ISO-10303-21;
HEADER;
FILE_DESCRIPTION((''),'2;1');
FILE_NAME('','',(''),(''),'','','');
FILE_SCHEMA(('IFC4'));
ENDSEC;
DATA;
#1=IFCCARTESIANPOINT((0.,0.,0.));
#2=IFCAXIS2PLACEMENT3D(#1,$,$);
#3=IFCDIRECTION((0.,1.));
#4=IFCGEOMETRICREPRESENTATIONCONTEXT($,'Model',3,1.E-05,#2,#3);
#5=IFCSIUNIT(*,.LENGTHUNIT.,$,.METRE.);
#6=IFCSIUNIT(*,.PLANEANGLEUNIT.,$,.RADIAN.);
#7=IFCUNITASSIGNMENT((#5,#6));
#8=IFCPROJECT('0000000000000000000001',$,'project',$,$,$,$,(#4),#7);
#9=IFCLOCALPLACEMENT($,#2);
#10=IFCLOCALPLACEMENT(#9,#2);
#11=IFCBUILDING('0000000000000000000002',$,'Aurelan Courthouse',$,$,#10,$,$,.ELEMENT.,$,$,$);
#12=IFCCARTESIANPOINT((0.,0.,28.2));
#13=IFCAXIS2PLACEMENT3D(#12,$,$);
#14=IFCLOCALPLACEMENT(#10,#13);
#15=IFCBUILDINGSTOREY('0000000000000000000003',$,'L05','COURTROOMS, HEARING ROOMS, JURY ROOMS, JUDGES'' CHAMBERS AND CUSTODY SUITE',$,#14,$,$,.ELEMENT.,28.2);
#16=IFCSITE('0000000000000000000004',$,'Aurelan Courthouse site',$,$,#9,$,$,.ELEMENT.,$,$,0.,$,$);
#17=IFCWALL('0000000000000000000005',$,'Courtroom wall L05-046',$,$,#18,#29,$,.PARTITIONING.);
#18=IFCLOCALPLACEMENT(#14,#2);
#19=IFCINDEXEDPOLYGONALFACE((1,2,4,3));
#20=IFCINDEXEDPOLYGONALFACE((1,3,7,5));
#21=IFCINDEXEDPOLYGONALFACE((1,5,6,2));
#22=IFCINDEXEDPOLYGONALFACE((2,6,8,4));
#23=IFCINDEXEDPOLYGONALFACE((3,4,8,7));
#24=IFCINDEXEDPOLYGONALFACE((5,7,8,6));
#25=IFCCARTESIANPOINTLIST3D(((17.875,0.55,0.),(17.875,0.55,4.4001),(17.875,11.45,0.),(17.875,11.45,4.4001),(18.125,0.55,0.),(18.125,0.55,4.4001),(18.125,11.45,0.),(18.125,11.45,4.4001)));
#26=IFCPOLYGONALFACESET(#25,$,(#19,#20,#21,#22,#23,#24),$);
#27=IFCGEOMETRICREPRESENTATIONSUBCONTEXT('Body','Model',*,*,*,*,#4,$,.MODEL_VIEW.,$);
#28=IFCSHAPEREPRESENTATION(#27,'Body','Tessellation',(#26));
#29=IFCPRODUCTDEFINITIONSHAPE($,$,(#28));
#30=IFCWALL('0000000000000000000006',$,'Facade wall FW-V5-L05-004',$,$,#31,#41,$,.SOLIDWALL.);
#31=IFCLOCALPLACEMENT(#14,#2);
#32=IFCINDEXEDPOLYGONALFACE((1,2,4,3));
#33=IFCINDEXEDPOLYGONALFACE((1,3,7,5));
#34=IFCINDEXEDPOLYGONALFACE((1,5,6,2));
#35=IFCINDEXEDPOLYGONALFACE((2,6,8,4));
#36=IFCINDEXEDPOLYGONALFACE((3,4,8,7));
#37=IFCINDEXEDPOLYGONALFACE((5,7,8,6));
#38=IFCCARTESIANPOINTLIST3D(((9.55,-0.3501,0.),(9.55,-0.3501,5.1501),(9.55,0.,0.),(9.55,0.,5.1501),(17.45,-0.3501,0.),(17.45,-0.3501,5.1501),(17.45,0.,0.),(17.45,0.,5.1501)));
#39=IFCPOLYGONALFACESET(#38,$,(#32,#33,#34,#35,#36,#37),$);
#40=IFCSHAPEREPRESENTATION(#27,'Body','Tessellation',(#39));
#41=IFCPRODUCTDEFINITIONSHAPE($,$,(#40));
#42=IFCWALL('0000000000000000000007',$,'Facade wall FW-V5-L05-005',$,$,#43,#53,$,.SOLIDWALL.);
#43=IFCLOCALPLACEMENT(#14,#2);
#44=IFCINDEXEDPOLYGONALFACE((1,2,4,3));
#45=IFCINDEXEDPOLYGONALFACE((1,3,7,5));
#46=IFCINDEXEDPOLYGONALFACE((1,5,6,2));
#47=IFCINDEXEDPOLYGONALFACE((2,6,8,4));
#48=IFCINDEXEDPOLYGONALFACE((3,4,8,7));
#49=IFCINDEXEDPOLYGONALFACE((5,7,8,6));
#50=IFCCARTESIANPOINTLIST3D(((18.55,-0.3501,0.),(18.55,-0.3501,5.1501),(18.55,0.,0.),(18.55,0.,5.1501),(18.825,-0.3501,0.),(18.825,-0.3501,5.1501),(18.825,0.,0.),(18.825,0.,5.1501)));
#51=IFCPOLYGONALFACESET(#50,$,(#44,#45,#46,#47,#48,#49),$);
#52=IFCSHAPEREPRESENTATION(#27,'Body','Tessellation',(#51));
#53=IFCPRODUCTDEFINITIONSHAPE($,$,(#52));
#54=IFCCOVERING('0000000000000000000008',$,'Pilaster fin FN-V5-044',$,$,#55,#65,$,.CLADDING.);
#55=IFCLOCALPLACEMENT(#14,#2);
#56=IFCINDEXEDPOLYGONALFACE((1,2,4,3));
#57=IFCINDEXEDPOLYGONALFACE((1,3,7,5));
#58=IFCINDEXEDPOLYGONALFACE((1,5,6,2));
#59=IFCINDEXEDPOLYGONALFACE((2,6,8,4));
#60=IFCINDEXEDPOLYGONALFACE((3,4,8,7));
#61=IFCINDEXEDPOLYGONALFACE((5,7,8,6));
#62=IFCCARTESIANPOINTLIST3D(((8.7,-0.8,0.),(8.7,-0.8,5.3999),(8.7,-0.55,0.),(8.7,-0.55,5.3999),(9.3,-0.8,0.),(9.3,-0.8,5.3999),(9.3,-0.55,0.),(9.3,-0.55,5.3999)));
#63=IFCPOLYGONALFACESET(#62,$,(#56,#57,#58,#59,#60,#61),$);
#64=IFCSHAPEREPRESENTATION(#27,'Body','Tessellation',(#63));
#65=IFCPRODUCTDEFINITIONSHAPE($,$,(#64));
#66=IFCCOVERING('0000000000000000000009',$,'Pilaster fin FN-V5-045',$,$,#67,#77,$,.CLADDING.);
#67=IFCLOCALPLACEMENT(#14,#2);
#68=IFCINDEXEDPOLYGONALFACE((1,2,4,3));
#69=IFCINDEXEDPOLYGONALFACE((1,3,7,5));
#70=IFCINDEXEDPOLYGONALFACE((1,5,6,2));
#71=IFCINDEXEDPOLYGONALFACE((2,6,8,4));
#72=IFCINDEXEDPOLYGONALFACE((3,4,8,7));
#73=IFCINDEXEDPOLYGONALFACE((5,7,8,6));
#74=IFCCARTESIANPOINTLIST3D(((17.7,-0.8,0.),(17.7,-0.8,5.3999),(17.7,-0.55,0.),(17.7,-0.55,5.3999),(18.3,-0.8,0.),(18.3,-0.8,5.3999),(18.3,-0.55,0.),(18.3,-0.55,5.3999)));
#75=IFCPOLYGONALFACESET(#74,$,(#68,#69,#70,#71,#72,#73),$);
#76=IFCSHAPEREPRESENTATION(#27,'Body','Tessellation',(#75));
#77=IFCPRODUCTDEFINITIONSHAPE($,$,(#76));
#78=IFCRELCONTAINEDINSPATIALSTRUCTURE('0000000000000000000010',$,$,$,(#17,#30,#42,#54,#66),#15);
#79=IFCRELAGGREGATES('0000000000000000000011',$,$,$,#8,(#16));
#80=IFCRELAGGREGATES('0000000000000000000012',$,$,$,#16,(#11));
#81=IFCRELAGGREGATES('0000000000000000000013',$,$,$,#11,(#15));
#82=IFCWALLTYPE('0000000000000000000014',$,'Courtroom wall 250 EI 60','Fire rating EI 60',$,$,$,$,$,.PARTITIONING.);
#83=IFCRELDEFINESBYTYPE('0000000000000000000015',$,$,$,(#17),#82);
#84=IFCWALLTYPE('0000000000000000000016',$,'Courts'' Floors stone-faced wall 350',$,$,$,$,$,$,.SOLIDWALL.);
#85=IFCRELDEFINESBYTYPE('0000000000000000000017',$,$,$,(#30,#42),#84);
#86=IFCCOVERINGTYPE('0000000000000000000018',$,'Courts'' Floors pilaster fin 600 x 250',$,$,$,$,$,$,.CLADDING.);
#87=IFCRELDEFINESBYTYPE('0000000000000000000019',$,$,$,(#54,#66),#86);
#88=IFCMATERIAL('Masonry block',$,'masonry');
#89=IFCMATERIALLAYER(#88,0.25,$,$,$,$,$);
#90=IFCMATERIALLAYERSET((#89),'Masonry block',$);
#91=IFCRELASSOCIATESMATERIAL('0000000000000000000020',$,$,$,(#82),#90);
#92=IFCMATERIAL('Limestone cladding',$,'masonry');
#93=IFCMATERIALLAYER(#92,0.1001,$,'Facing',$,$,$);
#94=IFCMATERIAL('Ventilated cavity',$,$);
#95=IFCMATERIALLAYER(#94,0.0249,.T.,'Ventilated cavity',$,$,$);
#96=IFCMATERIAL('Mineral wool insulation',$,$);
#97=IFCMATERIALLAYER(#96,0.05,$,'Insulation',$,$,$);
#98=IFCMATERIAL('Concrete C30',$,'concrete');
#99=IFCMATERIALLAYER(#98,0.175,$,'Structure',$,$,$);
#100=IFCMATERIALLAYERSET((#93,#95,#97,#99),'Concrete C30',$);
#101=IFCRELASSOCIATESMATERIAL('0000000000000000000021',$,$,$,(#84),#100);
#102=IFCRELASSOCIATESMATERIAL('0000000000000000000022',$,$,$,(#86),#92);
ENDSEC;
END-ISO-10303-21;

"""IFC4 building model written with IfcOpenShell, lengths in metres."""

from ifc_helpers import new_model, si_unit, direction, frame, frame_2d, origin, origin_2d, place, context, subcontext, project, spatial, rectangle, extrude, material, layer, layer_set, type_object, element, save


model = new_model("IFC4")

# Units and contexts
model_context = context("Model", 3, precision=1e-05, world=origin(), true_north=direction((0.0, 1.0)))
body_context = subcontext(model_context, "Body", "Model", "MODEL_VIEW")
ifc_project = project(units=[si_unit("LENGTHUNIT", "METRE"), si_unit("PLANEANGLEUNIT", "RADIAN")], contexts=[model_context])

# Site, building, storey
site_placement = place(None, origin())
site = spatial("IfcSite", under=ifc_project, at=site_placement, Name="Aurelan Courthouse site", CompositionType="ELEMENT", RefElevation=0.0)
building_placement = place(site_placement, origin())
building = spatial("IfcBuilding", under=site, at=building_placement, Name="Aurelan Courthouse", CompositionType="ELEMENT")
storey_placement = place(building_placement, frame((0.0, 0.0, 28.2)))
storey = spatial("IfcBuildingStorey", under=building, at=storey_placement, Name="L05", Description="COURTROOMS, HEARING ROOMS, JURY ROOMS, JUDGES' CHAMBERS AND CUSTODY SUITE", CompositionType="ELEMENT", Elevation=28.2)

# Shared definitions
ifc_material_1 = material(Name="Masonry block", Category="masonry")
ifc_layer_1 = layer(ifc_material_1, 0.25)
ifc_layer_set_1 = layer_set([ifc_layer_1], Name="Masonry block")
wall_type_1 = type_object("IfcWallType", Name="Courtroom wall 250 EI 60", Description="Fire rating EI 60", PredefinedType="PARTITIONING", material=ifc_layer_set_1)

# Walls
wall_1_placement = place(storey_placement, frame((18.0, 0.55, 0.0), z_axis=(0.0, 0.0, 1.0), x_axis=(0.0, 1.0, 0.0)))
element("IfcWall", 1, at=wall_1_placement, inside=storey, type_object=wall_type_1, Name="Courtroom wall L05-046", PredefinedType="PARTITIONING", context=body_context, shape_type="SweptSolid", body=[
    extrude(rectangle(XDim=10.8999, YDim=0.25, at=frame_2d((5.45, 0.0))), origin(), (0.0, 0.0, 1.0), 4.4001),
])
ifc_material_2 = material(Name="Limestone cladding", Category="masonry")
ifc_layer_2 = layer(ifc_material_2, 0.1001, Name="Facing")
ifc_material_3 = material(Name="Ventilated cavity")
ifc_layer_3 = layer(ifc_material_3, 0.0249, ventilated=True, Name="Ventilated cavity")
ifc_material_4 = material(Name="Mineral wool insulation")
ifc_layer_4 = layer(ifc_material_4, 0.05, Name="Insulation")
ifc_material_5 = material(Name="Concrete C30", Category="concrete")
ifc_layer_5 = layer(ifc_material_5, 0.175, Name="Structure")
ifc_layer_set_2 = layer_set([ifc_layer_2, ifc_layer_3, ifc_layer_4, ifc_layer_5], Name="Concrete C30")
wall_type_2 = type_object("IfcWallType", Name="Courts' Floors stone-faced wall 350", PredefinedType="SOLIDWALL", material=ifc_layer_set_2)
wall_2_placement = place(storey_placement, frame((9.55, -0.175, 0.0), z_axis=(0.0, 0.0, 1.0), x_axis=(1.0, 0.0, 0.0)))
element("IfcWall", 2, at=wall_2_placement, inside=storey, type_object=wall_type_2, Name="Facade wall FW-V5-L05-004", PredefinedType="SOLIDWALL", context=body_context, shape_type="SweptSolid", body=[
    extrude(rectangle(XDim=7.8999, YDim=0.3501, at=frame_2d((3.95, 0.0))), origin(), (0.0, 0.0, 1.0), 5.1501),
])
wall_3_placement = place(storey_placement, frame((18.55, -0.175, 0.0), z_axis=(0.0, 0.0, 1.0), x_axis=(1.0, 0.0, 0.0)))
element("IfcWall", 3, at=wall_3_placement, inside=storey, type_object=wall_type_2, Name="Facade wall FW-V5-L05-005", PredefinedType="SOLIDWALL", context=body_context, shape_type="SweptSolid", body=[
    extrude(rectangle(XDim=0.2749, YDim=0.3501, at=frame_2d((0.1375, 0.0))), origin(), (0.0, 0.0, 1.0), 5.1501),
])

# Coverings
covering_type_1 = type_object("IfcCoveringType", Name="Courts' Floors pilaster fin 600 x 250", PredefinedType="CLADDING", material=ifc_material_2)
for number, where, z_axis, x_axis, name in (
    (4, (9.0, -0.675, 0.0), (0.0, 0.0, 1.0), (1.0, 0.0, 0.0), "Pilaster fin FN-V5-044"),
    (5, (18.0, -0.675, 0.0), (0.0, 0.0, 1.0), (1.0, 0.0, 0.0), "Pilaster fin FN-V5-045"),
):
    element("IfcCovering", number, at=place(storey_placement, frame(where, z_axis=z_axis, x_axis=x_axis)), inside=storey, type_object=covering_type_1, Name=name, PredefinedType="CLADDING", context=body_context, shape_type="SweptSolid", body=[
        extrude(rectangle(XDim=0.6001, YDim=0.25, at=origin_2d()), origin(), (0.0, 0.0, 1.0), 5.3999),
    ])

save(model, "model.ifc")
